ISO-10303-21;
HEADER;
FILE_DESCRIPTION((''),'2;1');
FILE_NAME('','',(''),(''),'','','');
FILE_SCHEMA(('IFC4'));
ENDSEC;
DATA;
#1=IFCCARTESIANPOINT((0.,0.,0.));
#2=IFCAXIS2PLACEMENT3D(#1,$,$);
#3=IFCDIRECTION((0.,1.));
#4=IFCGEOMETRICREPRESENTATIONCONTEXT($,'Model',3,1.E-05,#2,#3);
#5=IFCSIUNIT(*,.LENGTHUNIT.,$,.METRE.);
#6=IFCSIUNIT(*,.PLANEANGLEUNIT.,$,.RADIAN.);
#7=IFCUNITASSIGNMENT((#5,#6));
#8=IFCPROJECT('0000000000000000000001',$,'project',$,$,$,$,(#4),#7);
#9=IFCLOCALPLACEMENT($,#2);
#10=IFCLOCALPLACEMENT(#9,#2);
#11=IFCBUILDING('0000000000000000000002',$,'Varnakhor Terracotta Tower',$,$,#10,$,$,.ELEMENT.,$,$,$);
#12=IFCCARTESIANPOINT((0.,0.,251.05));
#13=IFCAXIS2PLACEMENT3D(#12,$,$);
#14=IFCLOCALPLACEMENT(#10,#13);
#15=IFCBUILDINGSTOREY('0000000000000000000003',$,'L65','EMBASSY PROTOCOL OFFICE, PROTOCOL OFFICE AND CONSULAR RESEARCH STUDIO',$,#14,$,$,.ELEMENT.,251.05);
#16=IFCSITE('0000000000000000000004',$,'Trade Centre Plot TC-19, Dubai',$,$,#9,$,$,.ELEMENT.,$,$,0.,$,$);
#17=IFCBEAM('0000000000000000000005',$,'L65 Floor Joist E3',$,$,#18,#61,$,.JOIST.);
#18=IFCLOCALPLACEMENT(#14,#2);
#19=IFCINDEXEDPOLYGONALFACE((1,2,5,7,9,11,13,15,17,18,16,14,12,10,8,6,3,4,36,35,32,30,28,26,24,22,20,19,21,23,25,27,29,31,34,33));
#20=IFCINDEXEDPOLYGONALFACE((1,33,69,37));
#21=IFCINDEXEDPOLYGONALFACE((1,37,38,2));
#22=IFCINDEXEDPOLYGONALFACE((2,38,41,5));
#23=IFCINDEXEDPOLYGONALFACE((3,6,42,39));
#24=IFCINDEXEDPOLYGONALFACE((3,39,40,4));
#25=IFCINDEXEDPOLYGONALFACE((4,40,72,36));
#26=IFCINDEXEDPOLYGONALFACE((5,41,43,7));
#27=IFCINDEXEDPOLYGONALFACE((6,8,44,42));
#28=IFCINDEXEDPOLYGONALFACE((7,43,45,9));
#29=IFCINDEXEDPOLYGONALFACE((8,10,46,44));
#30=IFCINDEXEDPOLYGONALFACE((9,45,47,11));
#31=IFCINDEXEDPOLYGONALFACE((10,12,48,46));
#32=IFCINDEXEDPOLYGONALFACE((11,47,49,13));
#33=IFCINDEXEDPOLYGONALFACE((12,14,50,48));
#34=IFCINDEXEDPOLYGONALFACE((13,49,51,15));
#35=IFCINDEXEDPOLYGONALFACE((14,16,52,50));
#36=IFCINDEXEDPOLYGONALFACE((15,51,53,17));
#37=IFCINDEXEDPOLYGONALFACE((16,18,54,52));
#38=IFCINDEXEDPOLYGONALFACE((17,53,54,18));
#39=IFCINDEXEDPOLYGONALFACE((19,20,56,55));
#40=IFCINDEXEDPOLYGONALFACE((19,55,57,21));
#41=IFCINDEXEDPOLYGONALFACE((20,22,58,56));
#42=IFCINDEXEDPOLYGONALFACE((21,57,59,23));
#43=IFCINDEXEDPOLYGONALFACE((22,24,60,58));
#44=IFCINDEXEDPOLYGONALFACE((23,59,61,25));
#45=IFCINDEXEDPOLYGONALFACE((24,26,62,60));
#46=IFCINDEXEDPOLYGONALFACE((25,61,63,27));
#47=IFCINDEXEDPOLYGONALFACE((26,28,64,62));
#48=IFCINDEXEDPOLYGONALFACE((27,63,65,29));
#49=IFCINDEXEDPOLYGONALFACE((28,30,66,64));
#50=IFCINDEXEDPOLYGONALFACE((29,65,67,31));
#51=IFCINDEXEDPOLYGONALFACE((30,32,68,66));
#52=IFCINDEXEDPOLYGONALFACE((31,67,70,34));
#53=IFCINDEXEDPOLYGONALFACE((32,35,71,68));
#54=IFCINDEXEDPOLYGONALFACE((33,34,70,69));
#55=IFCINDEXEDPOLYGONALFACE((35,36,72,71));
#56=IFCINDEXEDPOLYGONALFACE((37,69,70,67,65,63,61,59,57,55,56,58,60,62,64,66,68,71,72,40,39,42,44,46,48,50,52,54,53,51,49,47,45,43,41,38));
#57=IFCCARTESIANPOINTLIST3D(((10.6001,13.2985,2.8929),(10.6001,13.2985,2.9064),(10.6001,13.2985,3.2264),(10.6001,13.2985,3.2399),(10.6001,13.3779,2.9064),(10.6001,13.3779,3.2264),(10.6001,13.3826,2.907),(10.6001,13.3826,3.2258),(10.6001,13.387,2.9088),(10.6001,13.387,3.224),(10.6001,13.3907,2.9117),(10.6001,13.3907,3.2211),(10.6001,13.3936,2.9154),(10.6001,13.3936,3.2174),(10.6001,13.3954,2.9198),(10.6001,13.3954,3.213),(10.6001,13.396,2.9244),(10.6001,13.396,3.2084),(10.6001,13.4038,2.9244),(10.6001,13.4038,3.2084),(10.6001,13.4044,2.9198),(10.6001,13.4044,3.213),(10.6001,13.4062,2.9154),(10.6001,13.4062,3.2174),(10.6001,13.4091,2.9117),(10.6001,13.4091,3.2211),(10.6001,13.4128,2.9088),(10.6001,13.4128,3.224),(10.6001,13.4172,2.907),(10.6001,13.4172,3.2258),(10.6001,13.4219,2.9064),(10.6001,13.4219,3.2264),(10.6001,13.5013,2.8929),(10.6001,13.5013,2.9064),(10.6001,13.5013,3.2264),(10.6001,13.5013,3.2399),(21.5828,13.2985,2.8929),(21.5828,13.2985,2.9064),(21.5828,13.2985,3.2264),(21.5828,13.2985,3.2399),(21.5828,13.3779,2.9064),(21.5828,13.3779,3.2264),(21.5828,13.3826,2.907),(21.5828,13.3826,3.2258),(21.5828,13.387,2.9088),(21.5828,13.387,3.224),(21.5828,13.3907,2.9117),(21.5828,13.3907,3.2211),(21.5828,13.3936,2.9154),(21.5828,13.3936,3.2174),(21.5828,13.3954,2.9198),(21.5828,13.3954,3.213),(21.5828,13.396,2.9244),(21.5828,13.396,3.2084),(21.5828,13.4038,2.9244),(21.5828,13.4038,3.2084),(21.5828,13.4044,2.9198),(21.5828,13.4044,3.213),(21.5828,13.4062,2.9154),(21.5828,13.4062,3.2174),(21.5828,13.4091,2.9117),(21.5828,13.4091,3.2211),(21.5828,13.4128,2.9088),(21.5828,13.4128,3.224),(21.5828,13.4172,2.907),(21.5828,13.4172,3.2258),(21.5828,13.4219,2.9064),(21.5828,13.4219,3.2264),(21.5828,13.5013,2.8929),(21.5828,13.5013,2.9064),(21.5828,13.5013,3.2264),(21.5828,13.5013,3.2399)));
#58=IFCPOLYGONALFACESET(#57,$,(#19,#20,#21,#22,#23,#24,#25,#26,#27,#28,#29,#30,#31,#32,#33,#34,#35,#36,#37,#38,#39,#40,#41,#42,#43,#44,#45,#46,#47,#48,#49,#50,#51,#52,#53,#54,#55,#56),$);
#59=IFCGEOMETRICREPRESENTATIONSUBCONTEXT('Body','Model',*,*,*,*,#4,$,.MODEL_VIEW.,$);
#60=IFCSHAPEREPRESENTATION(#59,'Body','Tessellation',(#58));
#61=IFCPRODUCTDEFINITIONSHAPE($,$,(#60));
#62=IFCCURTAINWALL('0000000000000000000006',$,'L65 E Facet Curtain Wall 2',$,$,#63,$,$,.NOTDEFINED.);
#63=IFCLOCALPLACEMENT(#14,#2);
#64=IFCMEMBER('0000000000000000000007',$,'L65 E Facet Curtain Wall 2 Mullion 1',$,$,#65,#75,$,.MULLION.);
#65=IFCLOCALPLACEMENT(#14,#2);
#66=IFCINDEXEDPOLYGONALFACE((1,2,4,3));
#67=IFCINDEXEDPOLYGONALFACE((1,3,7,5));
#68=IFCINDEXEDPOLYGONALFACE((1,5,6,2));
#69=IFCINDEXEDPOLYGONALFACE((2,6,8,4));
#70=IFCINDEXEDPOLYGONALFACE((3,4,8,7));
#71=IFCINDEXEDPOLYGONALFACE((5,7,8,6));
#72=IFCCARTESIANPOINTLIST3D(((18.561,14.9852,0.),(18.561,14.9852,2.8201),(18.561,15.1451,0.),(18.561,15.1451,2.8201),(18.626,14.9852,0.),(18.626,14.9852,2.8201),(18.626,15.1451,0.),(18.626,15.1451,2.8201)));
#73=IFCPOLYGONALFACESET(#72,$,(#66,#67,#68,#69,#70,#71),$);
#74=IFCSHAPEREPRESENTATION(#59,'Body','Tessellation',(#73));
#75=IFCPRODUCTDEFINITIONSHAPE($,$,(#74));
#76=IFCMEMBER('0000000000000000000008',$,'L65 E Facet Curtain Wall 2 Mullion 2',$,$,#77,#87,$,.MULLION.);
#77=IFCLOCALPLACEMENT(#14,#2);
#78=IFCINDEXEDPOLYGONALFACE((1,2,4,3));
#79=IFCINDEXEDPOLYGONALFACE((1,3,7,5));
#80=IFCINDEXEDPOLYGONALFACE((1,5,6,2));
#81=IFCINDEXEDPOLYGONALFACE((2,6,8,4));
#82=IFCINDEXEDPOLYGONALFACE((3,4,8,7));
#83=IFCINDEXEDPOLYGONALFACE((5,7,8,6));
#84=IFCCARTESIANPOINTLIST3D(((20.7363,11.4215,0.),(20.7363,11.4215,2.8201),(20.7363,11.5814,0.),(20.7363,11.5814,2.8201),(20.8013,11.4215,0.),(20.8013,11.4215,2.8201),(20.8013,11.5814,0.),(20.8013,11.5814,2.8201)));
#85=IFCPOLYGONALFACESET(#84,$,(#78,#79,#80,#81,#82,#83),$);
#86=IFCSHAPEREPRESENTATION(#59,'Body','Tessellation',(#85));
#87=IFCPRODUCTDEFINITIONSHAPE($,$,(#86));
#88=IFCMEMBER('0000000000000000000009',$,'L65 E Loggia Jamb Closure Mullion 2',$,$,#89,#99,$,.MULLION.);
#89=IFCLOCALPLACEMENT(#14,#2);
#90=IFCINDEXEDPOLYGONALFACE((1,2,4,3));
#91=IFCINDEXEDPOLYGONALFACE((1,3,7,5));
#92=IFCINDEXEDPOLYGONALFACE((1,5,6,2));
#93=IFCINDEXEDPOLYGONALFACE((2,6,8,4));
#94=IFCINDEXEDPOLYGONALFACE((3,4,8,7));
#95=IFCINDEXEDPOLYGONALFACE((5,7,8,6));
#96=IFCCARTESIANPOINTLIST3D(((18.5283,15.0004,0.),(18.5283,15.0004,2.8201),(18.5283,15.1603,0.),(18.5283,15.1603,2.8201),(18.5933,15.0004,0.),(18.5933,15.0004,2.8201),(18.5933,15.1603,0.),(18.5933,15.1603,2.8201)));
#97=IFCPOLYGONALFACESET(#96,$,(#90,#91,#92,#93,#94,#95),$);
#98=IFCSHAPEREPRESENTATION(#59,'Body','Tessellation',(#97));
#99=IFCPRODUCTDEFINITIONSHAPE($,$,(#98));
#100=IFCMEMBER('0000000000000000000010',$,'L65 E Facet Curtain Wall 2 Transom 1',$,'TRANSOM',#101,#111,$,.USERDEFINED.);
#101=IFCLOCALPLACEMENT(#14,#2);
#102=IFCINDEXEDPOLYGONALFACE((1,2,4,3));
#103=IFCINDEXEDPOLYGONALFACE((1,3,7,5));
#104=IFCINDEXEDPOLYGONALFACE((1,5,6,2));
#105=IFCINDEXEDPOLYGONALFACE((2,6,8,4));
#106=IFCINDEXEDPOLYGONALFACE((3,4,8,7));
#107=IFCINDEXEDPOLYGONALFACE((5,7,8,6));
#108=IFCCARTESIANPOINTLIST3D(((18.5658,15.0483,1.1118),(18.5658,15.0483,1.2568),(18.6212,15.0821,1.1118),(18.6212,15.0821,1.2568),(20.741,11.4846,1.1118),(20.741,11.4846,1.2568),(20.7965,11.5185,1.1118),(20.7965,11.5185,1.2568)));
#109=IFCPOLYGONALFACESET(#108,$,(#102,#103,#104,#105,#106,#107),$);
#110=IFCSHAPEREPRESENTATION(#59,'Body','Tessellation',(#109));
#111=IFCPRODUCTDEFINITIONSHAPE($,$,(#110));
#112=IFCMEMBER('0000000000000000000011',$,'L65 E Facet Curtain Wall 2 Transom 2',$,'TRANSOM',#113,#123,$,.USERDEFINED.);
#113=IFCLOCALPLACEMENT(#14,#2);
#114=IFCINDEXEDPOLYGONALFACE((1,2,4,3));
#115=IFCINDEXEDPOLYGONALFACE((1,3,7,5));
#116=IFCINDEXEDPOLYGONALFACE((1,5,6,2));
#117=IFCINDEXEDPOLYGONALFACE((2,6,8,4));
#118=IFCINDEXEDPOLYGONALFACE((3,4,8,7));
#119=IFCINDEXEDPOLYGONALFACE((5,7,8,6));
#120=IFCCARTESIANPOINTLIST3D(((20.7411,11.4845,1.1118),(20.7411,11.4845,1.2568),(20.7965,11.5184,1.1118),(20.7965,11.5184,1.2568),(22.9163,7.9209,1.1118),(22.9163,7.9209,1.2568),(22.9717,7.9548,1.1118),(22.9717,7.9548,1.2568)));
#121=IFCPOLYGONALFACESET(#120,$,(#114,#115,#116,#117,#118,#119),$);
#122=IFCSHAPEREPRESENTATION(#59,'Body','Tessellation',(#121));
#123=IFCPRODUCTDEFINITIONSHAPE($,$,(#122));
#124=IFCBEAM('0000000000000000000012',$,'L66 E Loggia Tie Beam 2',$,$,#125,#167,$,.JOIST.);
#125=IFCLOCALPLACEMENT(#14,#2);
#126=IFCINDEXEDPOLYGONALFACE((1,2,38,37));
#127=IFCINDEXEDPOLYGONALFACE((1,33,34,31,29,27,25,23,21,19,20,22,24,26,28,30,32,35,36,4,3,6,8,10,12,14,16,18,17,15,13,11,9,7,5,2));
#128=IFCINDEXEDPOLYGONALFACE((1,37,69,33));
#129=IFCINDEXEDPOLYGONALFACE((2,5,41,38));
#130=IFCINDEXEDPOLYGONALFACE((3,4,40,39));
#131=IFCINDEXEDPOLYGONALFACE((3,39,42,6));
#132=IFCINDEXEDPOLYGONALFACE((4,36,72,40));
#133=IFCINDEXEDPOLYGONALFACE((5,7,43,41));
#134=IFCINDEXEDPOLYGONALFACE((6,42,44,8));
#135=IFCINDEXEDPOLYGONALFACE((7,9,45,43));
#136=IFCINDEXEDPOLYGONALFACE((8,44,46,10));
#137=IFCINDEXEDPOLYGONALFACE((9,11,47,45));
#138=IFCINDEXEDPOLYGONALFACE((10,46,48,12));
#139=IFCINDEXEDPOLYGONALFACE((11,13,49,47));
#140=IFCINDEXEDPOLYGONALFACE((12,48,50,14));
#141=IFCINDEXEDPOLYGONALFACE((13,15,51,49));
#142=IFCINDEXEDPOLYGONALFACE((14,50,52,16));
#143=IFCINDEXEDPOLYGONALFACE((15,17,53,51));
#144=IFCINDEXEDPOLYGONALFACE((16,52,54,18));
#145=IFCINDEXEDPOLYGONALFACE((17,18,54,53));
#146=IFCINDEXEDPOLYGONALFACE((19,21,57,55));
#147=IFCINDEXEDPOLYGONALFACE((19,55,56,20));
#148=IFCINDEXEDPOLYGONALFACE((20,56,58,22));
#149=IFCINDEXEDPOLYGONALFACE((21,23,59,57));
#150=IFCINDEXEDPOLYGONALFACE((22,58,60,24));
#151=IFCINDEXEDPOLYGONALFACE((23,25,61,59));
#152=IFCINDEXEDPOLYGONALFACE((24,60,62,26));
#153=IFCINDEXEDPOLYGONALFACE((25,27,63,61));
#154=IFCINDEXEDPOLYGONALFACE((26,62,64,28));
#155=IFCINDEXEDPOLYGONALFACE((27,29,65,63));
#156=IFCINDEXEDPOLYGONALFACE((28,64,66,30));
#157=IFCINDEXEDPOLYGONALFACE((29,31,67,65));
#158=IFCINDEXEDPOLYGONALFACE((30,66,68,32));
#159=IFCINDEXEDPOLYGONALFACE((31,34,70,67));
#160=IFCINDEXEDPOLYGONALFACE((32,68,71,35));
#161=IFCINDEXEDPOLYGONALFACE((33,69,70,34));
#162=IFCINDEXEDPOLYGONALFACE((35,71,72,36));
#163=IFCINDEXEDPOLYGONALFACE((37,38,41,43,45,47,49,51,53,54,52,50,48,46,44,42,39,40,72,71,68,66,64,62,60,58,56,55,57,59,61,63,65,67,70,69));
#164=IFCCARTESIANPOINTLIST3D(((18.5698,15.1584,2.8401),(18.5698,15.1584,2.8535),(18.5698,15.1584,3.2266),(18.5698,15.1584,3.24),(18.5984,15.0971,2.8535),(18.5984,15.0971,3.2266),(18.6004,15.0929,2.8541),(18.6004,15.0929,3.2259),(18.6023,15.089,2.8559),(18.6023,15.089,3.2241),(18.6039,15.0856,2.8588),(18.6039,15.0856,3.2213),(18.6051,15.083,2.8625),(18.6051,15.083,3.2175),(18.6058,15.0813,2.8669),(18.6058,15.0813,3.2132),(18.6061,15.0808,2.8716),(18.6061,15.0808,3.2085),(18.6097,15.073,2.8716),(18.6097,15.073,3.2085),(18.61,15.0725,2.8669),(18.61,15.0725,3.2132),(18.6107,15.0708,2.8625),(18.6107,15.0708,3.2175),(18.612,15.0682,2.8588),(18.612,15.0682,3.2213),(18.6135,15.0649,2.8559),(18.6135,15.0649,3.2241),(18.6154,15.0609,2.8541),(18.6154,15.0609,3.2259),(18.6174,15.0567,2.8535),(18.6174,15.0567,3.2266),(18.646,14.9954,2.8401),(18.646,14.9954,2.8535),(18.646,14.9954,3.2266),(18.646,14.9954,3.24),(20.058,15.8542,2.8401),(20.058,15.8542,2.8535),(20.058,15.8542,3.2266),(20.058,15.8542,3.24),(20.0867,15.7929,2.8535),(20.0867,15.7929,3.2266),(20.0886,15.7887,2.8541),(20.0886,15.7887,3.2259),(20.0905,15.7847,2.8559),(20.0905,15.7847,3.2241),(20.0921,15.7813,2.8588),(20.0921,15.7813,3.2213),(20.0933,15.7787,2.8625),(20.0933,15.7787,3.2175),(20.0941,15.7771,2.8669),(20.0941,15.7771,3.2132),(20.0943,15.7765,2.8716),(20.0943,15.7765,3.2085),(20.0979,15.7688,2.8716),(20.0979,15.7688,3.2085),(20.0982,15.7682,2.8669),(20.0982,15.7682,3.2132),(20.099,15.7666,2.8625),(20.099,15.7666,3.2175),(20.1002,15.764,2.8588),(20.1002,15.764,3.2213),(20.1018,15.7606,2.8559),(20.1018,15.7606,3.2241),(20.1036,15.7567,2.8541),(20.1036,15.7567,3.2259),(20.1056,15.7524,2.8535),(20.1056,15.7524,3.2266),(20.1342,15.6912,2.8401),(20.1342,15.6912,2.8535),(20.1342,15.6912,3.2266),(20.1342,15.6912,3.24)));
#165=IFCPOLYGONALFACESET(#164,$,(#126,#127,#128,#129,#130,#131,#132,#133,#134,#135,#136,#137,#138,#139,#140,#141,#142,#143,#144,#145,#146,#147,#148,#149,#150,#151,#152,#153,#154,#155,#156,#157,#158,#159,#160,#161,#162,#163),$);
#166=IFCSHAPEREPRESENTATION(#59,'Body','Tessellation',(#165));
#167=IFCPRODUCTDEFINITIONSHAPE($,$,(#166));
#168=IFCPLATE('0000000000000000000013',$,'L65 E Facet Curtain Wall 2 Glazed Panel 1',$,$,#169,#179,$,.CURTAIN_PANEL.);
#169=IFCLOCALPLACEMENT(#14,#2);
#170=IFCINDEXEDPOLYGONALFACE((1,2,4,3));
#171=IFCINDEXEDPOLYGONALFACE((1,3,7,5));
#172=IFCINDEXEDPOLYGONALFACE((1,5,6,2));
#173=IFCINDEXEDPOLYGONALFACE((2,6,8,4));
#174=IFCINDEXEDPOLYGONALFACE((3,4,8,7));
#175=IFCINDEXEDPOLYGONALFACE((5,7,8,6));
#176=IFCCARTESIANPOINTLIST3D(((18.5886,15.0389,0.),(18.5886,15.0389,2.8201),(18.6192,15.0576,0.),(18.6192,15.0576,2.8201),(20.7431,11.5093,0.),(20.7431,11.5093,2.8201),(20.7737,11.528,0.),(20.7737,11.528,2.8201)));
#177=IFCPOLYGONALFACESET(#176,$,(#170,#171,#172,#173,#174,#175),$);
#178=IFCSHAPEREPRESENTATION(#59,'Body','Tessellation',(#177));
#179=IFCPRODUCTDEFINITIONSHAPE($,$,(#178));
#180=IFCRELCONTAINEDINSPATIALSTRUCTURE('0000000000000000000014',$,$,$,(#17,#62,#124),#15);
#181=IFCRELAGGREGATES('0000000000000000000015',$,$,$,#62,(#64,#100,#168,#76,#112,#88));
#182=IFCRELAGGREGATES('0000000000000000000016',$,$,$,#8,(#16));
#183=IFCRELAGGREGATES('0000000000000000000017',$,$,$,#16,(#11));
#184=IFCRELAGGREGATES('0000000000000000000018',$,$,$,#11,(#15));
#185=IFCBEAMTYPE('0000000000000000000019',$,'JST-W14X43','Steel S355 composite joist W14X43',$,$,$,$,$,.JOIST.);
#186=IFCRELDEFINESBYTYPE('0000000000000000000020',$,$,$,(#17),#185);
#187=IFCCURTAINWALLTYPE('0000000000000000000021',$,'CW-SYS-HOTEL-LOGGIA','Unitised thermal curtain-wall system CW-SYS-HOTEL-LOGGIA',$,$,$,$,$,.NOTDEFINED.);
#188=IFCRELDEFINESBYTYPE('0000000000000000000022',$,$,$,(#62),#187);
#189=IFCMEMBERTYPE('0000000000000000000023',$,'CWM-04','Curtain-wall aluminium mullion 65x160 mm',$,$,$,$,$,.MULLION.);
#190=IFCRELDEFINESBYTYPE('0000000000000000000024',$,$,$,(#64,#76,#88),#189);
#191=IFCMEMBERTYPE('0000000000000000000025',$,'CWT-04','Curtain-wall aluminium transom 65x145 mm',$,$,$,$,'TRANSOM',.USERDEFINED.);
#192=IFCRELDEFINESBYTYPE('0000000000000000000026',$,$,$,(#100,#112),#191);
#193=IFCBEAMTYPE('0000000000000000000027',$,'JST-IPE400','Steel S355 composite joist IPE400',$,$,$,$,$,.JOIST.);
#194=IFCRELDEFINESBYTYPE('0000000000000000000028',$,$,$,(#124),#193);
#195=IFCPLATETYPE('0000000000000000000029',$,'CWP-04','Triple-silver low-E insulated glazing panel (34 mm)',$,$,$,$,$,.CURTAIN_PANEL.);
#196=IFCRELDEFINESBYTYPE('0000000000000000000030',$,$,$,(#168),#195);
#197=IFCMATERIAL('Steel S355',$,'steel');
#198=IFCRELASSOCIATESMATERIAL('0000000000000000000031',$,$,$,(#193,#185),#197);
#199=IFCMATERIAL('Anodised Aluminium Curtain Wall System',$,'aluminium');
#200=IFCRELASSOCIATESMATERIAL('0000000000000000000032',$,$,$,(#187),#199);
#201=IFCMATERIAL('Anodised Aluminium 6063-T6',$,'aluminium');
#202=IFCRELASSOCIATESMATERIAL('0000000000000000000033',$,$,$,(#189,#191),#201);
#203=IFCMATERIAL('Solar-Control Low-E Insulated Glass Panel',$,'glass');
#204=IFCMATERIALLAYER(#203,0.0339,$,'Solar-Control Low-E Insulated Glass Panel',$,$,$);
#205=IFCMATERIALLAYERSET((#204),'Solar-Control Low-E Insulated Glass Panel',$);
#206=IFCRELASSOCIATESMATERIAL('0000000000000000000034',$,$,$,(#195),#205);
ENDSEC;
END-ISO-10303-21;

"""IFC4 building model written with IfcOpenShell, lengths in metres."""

from ifc_helpers import new_model, si_unit, direction, frame, origin, origin_2d, place, context, subcontext, project, spatial, rectangle, i_section, extrude, source, transform, mapped, material, layer, layer_set, material_profile, profile_set, type_object, type_shapes, element, aggregate, save


model = new_model("IFC4")

# Units and contexts
model_context = context("Model", 3, precision=1e-05, world=origin(), true_north=direction((0.0, 1.0)))
body_context = subcontext(model_context, "Body", "Model", "MODEL_VIEW")
ifc_project = project(units=[si_unit("LENGTHUNIT", "METRE"), si_unit("PLANEANGLEUNIT", "RADIAN")], contexts=[model_context])

# Site, building, storey
site_placement = place(None, origin())
site = spatial("IfcSite", under=ifc_project, at=site_placement, Name="Trade Centre Plot TC-19, Dubai", CompositionType="ELEMENT", RefElevation=0.0)
building_placement = place(site_placement, origin())
building = spatial("IfcBuilding", under=site, at=building_placement, Name="Varnakhor Terracotta Tower", CompositionType="ELEMENT")
storey_placement = place(building_placement, frame((0.0, 0.0, 251.05)))
storey = spatial("IfcBuildingStorey", under=building, at=storey_placement, Name="L65", Description="EMBASSY PROTOCOL OFFICE, PROTOCOL OFFICE AND CONSULAR RESEARCH STUDIO", CompositionType="ELEMENT", Elevation=251.05)

# Beam
ifc_material_1 = material(Name="Steel S355", Category="steel")
ifc_material_profile_1 = material_profile(ifc_material_1, i_section(OverallWidth=0.1799, OverallDepth=0.3999, WebThickness=0.0085, FlangeThickness=0.0134, FilletRadius=0.0181, at=origin_2d()), Name="IPE400")
ifc_profile_set_1 = profile_set([ifc_material_profile_1], Name="Steel S355")
beam_type_1 = type_object("IfcBeamType", Name="JST-IPE400", Description="Steel S355 composite joist IPE400", PredefinedType="JOIST", material=ifc_profile_set_1)
ifc_material_profile_2 = material_profile(ifc_material_1, i_section(OverallWidth=0.2029, OverallDepth=0.3469, WebThickness=0.0078, FlangeThickness=0.0134, FilletRadius=0.0181, at=origin_2d()), Name="W14X43")
ifc_profile_set_2 = profile_set([ifc_material_profile_2], Name="Steel S355")
beam_type_2 = type_object("IfcBeamType", Name="JST-W14X43", Description="Steel S355 composite joist W14X43", PredefinedType="JOIST", material=ifc_profile_set_2)
shared_shape_1 = source(origin(), body_context, "Body", "SweptSolid", [
    extrude(i_section(OverallWidth=0.2029, OverallDepth=0.3469, WebThickness=0.0078, FlangeThickness=0.0134, FilletRadius=0.0181, at=origin_2d()), origin(), (0.0, 0.0, 1.0), 10.9827),
])
beam_1_placement = place(storey_placement, frame((10.6001, 13.3999, 3.0664), z_axis=(1.0, 0.0, 0.0), x_axis=(0.0, 1.0, 0.0)))
element("IfcBeam", 1, at=beam_1_placement, inside=storey, type_object=beam_type_2, Name="L65 Floor Joist E3", PredefinedType="JOIST", context=body_context, shape_type="MappedRepresentation", body=[
    mapped(shared_shape_1, transform((0.0, 0.0, 0.0), scale=1.0)),
])

# Curtain wall, members
ifc_material_2 = material(Name="Anodised Aluminium Curtain Wall System", Category="aluminium")
curtain_wall_type = type_object("IfcCurtainWallType", Name="CW-SYS-HOTEL-LOGGIA", Description="Unitised thermal curtain-wall system CW-SYS-HOTEL-LOGGIA", PredefinedType="NOTDEFINED", material=ifc_material_2)
curtain_wall_placement = place(storey_placement, origin())
curtain_wall = element("IfcCurtainWall", 2, at=curtain_wall_placement, inside=storey, type_object=curtain_wall_type, Name="L65 E Facet Curtain Wall 2", PredefinedType="NOTDEFINED")
ifc_material_3 = material(Name="Anodised Aluminium 6063-T6", Category="aluminium")
ifc_material_profile_3 = material_profile(ifc_material_3, rectangle(XDim=0.0649, YDim=0.1599, at=origin_2d()), Name="ALU MULLION 65x160")
ifc_profile_set_3 = profile_set([ifc_material_profile_3], Name="Anodised Aluminium 6063-T6")
member_type_1 = type_object("IfcMemberType", Name="CWM-04", Description="Curtain-wall aluminium mullion 65x160 mm", PredefinedType="MULLION", material=ifc_profile_set_3)
shared_shape_2 = source(origin(), body_context, "Body", "SweptSolid", [
    extrude(rectangle(XDim=0.0649, YDim=0.1599, at=origin_2d()), origin(), (0.0, 0.0, 1.0), 2.8201),
])
type_shapes(member_type_1, [shared_shape_2])
member_1_placement = place(storey_placement, frame((18.5935, 15.0652, 0.0), z_axis=(0.0, 0.0, 1.0), x_axis=(1.0, 0.0, 0.0)))
member_1 = element("IfcMember", 3, at=member_1_placement, type_object=member_type_1, Name="L65 E Facet Curtain Wall 2 Mullion 1", PredefinedType="MULLION", context=body_context, shape_type="MappedRepresentation", body=[
    mapped(shared_shape_2, transform((0.0, 0.0, 0.0), scale=1.0)),
])
member_2_placement = place(storey_placement, frame((20.7688, 11.5015, 0.0), z_axis=(0.0, 0.0, 1.0), x_axis=(1.0, 0.0, 0.0)))
member_2 = element("IfcMember", 4, at=member_2_placement, type_object=member_type_1, Name="L65 E Facet Curtain Wall 2 Mullion 2", PredefinedType="MULLION", context=body_context, shape_type="MappedRepresentation", body=[
    mapped(shared_shape_2, transform((0.0, 0.0, 0.0), scale=1.0)),
])
member_3_placement = place(storey_placement, frame((18.5608, 15.0803, 0.0), z_axis=(0.0, 0.0, 1.0), x_axis=(1.0, 0.0, 0.0)))
member_3 = element("IfcMember", 5, at=member_3_placement, type_object=member_type_1, Name="L65 E Loggia Jamb Closure Mullion 2", PredefinedType="MULLION", context=body_context, shape_type="MappedRepresentation", body=[
    mapped(shared_shape_2, transform((0.0, 0.0, 0.0), scale=1.0)),
])
ifc_material_profile_4 = material_profile(ifc_material_3, rectangle(XDim=0.0649, YDim=0.145, at=origin_2d()), Name="ALU TRANSOM 65x145")
ifc_profile_set_4 = profile_set([ifc_material_profile_4], Name="Anodised Aluminium 6063-T6")
member_type_2 = type_object("IfcMemberType", Name="CWT-04", Description="Curtain-wall aluminium transom 65x145 mm", ElementType="TRANSOM", PredefinedType="USERDEFINED", material=ifc_profile_set_4)
shared_shape_3 = source(origin(), body_context, "Body", "SweptSolid", [
    extrude(rectangle(XDim=0.0649, YDim=0.145, at=origin_2d()), origin(), (0.0, 0.0, 1.0), 4.175),
])
member_4_placement = place(storey_placement, frame((18.5935, 15.0652, 1.1843), z_axis=(0.521008, -0.853552, 0.0), x_axis=(0.853552, 0.521008, 0.0)))
member_4 = element("IfcMember", 6, at=member_4_placement, type_object=member_type_2, Name="L65 E Facet Curtain Wall 2 Transom 1", ObjectType="TRANSOM", PredefinedType="USERDEFINED", context=body_context, shape_type="MappedRepresentation", body=[
    mapped(shared_shape_3, transform((0.0, 0.0, 0.0), scale=1.0)),
])
member_5_placement = place(storey_placement, frame((20.7688, 11.5015, 1.1843), z_axis=(0.521008, -0.853552, 0.0), x_axis=(0.853552, 0.521008, 0.0)))
member_5 = element("IfcMember", 7, at=member_5_placement, type_object=member_type_2, Name="L65 E Facet Curtain Wall 2 Transom 2", ObjectType="TRANSOM", PredefinedType="USERDEFINED", context=body_context, shape_type="MappedRepresentation", body=[
    mapped(shared_shape_3, transform((0.0, 0.0, 0.0), scale=1.0)),
])

# Beam
shared_shape_4 = source(origin(), body_context, "Body", "SweptSolid", [
    extrude(i_section(OverallWidth=0.1799, OverallDepth=0.3999, WebThickness=0.0085, FlangeThickness=0.0134, FilletRadius=0.0181, at=origin_2d()), origin(), (0.0, 0.0, 1.0), 1.6428),
])
beam_2_placement = place(storey_placement, frame((18.6079, 15.0769, 3.04), z_axis=(0.905887, 0.42352, 0.0), x_axis=(-0.42352, 0.905887, 0.0)))
element("IfcBeam", 8, at=beam_2_placement, inside=storey, type_object=beam_type_1, Name="L66 E Loggia Tie Beam 2", PredefinedType="JOIST", context=body_context, shape_type="MappedRepresentation", body=[
    mapped(shared_shape_4, transform((0.0, 0.0, 0.0), scale=1.0)),
])

# Plate
ifc_material_4 = material(Name="Solar-Control Low-E Insulated Glass Panel", Category="glass")
ifc_layer_1 = layer(ifc_material_4, 0.0339, Name="Solar-Control Low-E Insulated Glass Panel")
ifc_layer_set_1 = layer_set([ifc_layer_1], Name="Solar-Control Low-E Insulated Glass Panel")
plate_type = type_object("IfcPlateType", Name="CWP-04", Description="Triple-silver low-E insulated glazing panel (34 mm)", PredefinedType="CURTAIN_PANEL", material=ifc_layer_set_1)
shared_shape_5 = source(origin(), body_context, "Body", "SweptSolid", [
    extrude(rectangle(XDim=4.1353, YDim=0.0359, at=origin_2d()), origin(), (0.0, 0.0, 1.0), 2.8201),
])
plate_1_placement = place(storey_placement, frame((19.6812, 13.2834, 0.0), z_axis=(0.0, 0.0, 1.0), x_axis=(0.52101, -0.853551, 0.0)))
plate_1 = element("IfcPlate", 9, at=plate_1_placement, type_object=plate_type, Name="L65 E Facet Curtain Wall 2 Glazed Panel 1", PredefinedType="CURTAIN_PANEL", context=body_context, shape_type="MappedRepresentation", body=[
    mapped(shared_shape_5, transform((0.0, 0.0, 0.0), scale=1.0)),
])
aggregate(curtain_wall, [member_1, member_4, plate_1, member_2, member_5, member_3])

save(model, "model.ifc")
